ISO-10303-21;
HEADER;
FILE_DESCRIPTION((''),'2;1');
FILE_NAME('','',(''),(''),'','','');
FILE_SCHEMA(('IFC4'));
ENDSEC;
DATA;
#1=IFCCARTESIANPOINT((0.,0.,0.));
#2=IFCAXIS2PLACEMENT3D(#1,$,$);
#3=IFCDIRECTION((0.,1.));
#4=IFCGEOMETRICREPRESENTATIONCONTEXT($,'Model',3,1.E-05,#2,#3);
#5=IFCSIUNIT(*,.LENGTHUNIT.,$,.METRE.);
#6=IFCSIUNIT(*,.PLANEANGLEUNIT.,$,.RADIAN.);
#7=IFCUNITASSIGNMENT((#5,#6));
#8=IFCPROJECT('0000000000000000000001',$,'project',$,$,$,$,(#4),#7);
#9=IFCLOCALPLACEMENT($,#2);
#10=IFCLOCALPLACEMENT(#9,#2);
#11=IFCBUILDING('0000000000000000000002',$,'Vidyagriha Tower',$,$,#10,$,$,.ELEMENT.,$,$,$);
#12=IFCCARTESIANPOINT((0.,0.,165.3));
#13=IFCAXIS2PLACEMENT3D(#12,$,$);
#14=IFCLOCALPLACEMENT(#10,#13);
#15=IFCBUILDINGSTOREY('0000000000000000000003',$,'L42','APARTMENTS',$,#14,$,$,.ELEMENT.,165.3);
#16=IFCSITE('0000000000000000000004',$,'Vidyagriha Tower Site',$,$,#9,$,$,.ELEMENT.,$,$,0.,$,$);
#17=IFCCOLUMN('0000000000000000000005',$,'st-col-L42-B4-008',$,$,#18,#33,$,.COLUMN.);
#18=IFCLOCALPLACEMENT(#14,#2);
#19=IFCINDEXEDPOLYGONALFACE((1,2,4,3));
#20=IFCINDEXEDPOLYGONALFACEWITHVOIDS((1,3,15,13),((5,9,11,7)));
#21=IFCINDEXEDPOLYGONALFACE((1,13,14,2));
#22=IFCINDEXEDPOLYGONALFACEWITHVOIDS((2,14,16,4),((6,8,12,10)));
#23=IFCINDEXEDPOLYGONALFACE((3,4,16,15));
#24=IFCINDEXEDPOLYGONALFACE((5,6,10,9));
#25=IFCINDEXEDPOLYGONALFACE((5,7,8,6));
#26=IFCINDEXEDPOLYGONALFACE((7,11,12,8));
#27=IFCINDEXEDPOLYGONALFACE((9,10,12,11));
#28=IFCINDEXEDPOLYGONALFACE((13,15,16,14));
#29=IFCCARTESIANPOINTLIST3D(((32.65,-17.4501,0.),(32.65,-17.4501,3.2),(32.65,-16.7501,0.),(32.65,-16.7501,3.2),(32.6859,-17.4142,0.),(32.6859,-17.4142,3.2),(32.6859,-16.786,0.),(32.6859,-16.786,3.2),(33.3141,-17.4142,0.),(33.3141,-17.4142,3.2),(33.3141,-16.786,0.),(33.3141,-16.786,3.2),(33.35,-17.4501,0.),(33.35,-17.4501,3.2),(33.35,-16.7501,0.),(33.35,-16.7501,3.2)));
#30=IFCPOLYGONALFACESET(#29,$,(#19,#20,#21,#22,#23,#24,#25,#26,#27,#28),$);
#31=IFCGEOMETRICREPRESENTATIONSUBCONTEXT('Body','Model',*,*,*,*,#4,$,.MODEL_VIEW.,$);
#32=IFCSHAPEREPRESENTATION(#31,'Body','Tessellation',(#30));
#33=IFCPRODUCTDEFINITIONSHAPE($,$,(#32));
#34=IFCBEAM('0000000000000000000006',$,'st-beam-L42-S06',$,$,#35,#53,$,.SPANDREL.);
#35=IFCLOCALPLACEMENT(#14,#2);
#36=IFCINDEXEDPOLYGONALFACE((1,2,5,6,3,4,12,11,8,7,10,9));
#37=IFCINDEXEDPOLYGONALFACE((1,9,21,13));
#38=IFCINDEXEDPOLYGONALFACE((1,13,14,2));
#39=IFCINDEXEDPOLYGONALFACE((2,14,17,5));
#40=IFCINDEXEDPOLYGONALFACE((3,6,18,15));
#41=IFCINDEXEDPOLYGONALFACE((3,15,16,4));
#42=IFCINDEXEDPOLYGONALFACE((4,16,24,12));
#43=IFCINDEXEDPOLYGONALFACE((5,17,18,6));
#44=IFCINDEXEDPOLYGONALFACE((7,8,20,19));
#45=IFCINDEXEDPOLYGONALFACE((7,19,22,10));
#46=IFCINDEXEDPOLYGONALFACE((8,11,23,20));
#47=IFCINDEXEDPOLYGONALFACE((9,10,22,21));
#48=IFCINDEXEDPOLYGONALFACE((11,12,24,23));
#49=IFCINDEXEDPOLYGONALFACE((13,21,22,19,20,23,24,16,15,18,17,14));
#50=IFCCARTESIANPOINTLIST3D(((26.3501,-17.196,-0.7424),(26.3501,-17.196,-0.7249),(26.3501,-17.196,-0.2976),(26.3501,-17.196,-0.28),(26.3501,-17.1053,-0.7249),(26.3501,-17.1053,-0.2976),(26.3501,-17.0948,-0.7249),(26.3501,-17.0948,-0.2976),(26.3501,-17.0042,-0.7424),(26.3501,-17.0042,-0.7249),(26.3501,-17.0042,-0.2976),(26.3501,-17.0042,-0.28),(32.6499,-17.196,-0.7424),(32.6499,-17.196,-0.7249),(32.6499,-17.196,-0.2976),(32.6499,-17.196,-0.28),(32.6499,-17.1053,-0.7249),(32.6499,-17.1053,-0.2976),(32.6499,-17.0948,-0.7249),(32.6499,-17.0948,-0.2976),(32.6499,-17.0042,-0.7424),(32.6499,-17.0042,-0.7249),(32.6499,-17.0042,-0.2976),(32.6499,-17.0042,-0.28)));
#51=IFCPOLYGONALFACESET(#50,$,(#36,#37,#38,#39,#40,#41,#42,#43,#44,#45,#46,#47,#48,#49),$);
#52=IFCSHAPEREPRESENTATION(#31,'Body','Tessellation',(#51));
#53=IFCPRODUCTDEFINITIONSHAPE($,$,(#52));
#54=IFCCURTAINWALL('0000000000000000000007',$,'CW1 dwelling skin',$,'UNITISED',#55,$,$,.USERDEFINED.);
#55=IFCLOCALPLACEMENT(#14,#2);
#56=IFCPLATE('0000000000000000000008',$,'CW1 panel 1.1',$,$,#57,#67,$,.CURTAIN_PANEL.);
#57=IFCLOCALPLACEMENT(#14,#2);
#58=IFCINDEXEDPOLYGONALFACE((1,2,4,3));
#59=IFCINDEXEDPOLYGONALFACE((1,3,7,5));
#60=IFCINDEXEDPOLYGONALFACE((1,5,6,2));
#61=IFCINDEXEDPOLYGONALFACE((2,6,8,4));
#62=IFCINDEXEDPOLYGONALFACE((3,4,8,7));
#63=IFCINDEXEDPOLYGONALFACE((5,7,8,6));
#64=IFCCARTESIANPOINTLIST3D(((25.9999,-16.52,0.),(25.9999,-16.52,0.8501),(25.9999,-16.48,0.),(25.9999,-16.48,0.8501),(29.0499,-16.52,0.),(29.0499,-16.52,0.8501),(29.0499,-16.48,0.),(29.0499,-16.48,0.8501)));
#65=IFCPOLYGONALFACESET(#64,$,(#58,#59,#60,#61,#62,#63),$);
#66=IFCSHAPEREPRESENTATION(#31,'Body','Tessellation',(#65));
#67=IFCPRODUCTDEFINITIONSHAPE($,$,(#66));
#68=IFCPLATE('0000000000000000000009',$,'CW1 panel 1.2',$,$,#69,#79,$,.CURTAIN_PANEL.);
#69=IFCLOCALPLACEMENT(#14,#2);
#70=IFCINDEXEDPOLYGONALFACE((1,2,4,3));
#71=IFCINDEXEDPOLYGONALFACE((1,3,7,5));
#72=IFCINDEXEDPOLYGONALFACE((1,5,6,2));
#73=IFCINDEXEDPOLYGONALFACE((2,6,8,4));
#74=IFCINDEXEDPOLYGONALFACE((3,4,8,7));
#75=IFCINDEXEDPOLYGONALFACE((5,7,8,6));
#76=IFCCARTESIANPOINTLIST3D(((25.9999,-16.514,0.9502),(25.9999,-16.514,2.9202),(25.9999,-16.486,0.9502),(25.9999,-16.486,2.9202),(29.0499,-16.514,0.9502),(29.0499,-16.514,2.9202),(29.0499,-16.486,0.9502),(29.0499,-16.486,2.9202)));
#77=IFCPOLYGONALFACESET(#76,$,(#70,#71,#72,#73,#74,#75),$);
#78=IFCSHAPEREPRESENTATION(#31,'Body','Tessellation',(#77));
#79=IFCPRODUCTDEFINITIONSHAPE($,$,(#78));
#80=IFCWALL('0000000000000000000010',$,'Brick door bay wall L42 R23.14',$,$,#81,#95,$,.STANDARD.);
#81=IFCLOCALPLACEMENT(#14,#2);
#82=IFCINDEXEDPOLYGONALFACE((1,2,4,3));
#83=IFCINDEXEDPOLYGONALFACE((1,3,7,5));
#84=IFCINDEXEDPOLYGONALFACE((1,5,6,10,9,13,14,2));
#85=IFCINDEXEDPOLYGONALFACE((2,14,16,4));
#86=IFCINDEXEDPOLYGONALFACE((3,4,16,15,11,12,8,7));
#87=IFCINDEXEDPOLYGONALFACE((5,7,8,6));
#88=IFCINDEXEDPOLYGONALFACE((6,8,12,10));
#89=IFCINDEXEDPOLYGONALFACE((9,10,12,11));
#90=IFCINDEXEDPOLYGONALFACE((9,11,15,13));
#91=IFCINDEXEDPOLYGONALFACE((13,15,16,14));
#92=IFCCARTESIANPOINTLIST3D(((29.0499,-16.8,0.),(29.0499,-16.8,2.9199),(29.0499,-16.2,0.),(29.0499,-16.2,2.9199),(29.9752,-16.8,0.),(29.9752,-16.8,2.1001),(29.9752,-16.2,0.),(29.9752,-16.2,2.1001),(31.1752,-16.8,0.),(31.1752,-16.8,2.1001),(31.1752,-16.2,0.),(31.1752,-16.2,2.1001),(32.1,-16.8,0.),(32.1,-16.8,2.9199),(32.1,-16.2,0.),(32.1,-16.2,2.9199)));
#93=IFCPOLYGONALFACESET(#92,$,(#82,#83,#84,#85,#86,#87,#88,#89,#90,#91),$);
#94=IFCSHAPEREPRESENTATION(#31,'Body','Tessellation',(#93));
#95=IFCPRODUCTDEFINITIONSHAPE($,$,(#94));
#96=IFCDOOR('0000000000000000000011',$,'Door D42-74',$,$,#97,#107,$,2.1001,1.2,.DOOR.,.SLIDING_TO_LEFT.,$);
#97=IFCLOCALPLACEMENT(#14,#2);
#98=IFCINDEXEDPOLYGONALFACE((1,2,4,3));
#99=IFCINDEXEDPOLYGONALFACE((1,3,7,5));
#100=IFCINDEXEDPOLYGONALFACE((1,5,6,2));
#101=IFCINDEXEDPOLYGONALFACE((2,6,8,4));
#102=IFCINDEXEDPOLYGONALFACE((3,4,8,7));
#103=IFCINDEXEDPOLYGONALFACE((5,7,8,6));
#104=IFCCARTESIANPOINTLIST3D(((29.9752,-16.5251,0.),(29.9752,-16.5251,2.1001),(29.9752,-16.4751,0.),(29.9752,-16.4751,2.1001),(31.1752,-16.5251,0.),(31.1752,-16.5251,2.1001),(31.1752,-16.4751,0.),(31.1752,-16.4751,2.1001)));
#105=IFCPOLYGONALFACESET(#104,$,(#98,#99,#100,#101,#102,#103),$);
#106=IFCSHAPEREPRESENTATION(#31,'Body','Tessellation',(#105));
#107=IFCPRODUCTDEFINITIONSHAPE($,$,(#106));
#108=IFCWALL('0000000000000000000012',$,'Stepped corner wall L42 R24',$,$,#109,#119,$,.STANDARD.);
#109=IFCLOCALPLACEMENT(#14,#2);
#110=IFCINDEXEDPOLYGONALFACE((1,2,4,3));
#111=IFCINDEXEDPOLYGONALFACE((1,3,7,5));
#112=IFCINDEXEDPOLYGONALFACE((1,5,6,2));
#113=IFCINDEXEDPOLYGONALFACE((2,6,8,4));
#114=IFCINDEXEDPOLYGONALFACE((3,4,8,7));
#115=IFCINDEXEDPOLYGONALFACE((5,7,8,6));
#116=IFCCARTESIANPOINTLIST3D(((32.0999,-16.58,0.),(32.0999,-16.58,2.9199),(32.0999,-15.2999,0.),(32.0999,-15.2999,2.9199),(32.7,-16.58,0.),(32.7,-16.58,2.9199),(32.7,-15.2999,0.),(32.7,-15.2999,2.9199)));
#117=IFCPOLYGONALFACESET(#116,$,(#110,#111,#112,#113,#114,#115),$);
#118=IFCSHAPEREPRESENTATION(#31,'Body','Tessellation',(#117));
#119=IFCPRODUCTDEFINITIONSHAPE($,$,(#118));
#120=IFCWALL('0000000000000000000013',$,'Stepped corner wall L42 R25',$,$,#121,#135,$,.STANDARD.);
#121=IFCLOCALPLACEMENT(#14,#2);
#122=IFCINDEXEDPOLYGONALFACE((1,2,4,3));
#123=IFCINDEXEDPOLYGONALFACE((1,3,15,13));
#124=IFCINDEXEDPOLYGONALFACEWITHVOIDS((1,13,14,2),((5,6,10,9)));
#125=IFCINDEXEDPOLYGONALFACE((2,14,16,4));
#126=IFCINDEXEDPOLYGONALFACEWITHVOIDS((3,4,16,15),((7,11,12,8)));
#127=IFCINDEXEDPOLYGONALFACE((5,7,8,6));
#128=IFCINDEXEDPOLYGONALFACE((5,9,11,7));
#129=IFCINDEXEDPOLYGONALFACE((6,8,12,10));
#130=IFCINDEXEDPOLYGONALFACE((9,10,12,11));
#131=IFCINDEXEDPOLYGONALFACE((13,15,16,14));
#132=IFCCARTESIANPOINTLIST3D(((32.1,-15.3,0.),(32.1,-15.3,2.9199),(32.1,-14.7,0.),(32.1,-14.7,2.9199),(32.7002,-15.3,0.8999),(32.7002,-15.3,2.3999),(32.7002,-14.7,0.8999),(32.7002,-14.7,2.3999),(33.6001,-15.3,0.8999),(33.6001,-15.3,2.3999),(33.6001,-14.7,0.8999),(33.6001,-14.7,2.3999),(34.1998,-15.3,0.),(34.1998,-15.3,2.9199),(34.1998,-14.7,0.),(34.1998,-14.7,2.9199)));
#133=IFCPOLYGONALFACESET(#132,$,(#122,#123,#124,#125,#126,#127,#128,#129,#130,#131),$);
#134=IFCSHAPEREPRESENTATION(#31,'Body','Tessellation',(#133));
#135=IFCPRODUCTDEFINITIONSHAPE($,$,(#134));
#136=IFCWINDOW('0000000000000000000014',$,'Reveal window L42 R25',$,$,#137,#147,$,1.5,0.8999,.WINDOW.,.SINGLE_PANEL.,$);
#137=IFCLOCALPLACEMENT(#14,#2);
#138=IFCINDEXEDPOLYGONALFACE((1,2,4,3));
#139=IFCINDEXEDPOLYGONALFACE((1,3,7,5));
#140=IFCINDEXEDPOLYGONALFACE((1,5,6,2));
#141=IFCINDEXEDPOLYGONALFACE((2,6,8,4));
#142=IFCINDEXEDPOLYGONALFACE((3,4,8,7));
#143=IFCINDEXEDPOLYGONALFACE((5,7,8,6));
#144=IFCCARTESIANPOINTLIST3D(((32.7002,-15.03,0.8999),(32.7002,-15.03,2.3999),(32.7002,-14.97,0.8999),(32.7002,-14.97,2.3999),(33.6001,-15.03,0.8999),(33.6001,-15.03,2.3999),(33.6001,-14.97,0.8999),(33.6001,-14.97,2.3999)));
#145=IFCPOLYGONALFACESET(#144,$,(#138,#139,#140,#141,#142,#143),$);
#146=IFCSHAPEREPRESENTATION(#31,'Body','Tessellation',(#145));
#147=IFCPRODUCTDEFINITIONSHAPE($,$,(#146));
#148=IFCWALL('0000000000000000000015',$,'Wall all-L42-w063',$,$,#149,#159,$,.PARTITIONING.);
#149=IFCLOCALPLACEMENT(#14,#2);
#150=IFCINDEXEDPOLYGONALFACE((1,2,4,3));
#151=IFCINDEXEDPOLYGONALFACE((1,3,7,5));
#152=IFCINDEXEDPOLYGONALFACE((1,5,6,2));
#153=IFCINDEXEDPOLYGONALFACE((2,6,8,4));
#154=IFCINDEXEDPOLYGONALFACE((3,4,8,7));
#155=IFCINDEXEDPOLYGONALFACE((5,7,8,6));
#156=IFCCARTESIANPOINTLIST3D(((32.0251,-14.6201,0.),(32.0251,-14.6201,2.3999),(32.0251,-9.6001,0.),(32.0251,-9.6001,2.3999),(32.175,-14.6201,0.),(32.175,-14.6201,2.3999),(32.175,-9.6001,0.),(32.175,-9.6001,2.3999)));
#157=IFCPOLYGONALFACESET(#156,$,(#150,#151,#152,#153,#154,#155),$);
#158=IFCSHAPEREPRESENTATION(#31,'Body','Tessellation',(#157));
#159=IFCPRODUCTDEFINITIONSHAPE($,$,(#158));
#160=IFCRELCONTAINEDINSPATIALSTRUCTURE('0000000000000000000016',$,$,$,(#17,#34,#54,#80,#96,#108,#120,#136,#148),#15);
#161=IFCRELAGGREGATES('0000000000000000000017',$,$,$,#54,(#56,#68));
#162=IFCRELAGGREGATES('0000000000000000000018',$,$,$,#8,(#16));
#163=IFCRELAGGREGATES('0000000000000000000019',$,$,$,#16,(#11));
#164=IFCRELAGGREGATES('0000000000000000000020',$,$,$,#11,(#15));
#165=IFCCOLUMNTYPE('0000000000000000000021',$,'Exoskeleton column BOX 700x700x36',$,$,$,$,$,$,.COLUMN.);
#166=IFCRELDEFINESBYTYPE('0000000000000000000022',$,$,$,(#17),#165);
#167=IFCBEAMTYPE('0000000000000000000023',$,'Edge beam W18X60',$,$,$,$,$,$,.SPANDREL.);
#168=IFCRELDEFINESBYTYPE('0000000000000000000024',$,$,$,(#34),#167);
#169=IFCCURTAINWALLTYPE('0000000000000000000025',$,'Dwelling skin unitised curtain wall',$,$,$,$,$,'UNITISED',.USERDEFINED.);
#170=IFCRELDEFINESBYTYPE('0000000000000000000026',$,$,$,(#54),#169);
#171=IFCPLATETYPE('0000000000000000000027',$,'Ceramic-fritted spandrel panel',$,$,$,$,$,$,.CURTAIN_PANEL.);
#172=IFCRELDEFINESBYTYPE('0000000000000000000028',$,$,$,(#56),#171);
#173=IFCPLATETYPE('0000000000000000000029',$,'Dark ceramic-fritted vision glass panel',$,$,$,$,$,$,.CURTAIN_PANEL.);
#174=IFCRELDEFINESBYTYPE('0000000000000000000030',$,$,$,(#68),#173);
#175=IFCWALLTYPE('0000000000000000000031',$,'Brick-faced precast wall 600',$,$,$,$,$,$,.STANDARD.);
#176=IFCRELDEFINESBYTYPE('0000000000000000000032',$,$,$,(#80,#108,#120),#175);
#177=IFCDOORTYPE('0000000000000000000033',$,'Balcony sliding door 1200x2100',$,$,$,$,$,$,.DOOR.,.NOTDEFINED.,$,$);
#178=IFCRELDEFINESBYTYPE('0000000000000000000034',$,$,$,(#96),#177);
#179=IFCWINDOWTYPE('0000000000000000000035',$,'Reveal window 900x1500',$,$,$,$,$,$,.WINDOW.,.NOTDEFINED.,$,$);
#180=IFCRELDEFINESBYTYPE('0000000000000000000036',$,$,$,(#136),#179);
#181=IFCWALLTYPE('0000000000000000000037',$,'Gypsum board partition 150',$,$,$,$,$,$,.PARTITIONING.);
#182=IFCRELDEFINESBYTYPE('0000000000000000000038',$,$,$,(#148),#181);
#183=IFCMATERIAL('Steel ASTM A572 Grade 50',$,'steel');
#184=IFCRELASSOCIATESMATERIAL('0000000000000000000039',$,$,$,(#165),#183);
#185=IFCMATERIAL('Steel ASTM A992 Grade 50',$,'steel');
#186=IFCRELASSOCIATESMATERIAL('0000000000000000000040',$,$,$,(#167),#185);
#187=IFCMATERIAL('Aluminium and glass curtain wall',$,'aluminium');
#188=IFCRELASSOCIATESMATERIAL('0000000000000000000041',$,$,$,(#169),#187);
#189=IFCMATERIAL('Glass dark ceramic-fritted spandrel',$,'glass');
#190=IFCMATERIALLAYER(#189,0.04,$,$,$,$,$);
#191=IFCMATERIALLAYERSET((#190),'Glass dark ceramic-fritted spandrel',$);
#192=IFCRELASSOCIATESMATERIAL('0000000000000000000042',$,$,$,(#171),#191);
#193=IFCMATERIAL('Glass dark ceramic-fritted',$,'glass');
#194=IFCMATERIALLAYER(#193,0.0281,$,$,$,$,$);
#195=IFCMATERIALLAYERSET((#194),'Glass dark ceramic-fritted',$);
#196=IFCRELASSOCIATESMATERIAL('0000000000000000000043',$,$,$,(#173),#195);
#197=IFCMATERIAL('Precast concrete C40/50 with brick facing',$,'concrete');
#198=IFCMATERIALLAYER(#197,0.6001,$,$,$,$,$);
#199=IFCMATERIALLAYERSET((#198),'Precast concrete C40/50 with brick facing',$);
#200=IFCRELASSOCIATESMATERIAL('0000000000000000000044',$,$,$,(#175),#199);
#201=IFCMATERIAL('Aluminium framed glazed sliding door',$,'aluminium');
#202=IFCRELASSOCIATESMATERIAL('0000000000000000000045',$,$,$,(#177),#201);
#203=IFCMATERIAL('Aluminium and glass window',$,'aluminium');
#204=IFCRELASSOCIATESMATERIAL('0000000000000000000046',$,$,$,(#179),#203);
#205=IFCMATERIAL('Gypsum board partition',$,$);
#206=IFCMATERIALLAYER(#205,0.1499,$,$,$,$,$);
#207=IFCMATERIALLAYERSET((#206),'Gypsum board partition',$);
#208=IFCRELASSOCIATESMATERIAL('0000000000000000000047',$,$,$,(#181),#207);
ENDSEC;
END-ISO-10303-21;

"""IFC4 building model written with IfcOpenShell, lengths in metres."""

from ifc_helpers import new_model, si_unit, direction, frame, frame_2d, origin, origin_2d, place, context, subcontext, project, spatial, rectangle, hollow_rectangle, i_section, extrude, material, layer, layer_set, material_profile, profile_set, type_object, element, fill, aggregate, save


model = new_model("IFC4")

# Units and contexts
model_context = context("Model", 3, precision=1e-05, world=origin(), true_north=direction((0.0, 1.0)))
body_context = subcontext(model_context, "Body", "Model", "MODEL_VIEW")
ifc_project = project(units=[si_unit("LENGTHUNIT", "METRE"), si_unit("PLANEANGLEUNIT", "RADIAN")], contexts=[model_context])

# Site, building, storey
site_placement = place(None, origin())
site = spatial("IfcSite", under=ifc_project, at=site_placement, Name="Vidyagriha Tower Site", CompositionType="ELEMENT", RefElevation=0.0)
building_placement = place(site_placement, origin())
building = spatial("IfcBuilding", under=site, at=building_placement, Name="Vidyagriha Tower", CompositionType="ELEMENT")
storey_placement = place(building_placement, frame((0.0, 0.0, 165.3)))
storey = spatial("IfcBuildingStorey", under=building, at=storey_placement, Name="L42", Description="APARTMENTS", CompositionType="ELEMENT", Elevation=165.3)

# Column
ifc_material_1 = material(Name="Steel ASTM A572 Grade 50", Category="steel")
ifc_material_profile_1 = material_profile(ifc_material_1, hollow_rectangle(XDim=0.7, YDim=0.7, WallThickness=0.0359, at=origin_2d()), Name="BOX 700x700x36")
ifc_profile_set_1 = profile_set([ifc_material_profile_1], Name="Steel ASTM A572 Grade 50")
column_type = type_object("IfcColumnType", Name="Exoskeleton column BOX 700x700x36", PredefinedType="COLUMN", material=ifc_profile_set_1)
column_placement = place(storey_placement, frame((33.0, -17.1001, 0.0)))
element("IfcColumn", 1, at=column_placement, inside=storey, type_object=column_type, Name="st-col-L42-B4-008", PredefinedType="COLUMN", context=body_context, shape_type="SweptSolid", body=[
    extrude(hollow_rectangle(XDim=0.7, YDim=0.7, WallThickness=0.0359, at=origin_2d()), origin(), (0.0, 0.0, 1.0), 3.2),
])

# Beam
ifc_material_2 = material(Name="Steel ASTM A992 Grade 50", Category="steel")
ifc_material_profile_2 = material_profile(ifc_material_2, i_section(OverallWidth=0.1919, OverallDepth=0.4624, WebThickness=0.0105, FlangeThickness=0.0176, at=origin_2d()), Name="W18X60")
ifc_profile_set_2 = profile_set([ifc_material_profile_2], Name="Steel ASTM A992 Grade 50")
beam_type = type_object("IfcBeamType", Name="Edge beam W18X60", PredefinedType="SPANDREL", material=ifc_profile_set_2)
beam_placement = place(storey_placement, frame((26.3501, -17.1001, -0.5112), z_axis=(1.0, 0.0, 0.0), x_axis=(0.0, 1.0, 0.0)))
element("IfcBeam", 2, at=beam_placement, inside=storey, type_object=beam_type, Name="st-beam-L42-S06", PredefinedType="SPANDREL", context=body_context, shape_type="SweptSolid", body=[
    extrude(i_section(OverallWidth=0.1919, OverallDepth=0.4624, WebThickness=0.0105, FlangeThickness=0.0176, at=origin_2d()), origin(), (0.0, 0.0, 1.0), 6.2998),
])

# Curtain wall, plates
ifc_material_3 = material(Name="Aluminium and glass curtain wall", Category="aluminium")
curtain_wall_type = type_object("IfcCurtainWallType", Name="Dwelling skin unitised curtain wall", ElementType="UNITISED", PredefinedType="USERDEFINED", material=ifc_material_3)
curtain_wall_placement = place(storey_placement, origin())
curtain_wall = element("IfcCurtainWall", 3, at=curtain_wall_placement, inside=storey, type_object=curtain_wall_type, Name="CW1 dwelling skin", ObjectType="UNITISED", PredefinedType="USERDEFINED")
ifc_material_4 = material(Name="Glass dark ceramic-fritted spandrel", Category="glass")
ifc_layer_1 = layer(ifc_material_4, 0.04)
ifc_layer_set_1 = layer_set([ifc_layer_1], Name="Glass dark ceramic-fritted spandrel")
plate_type_1 = type_object("IfcPlateType", Name="Ceramic-fritted spandrel panel", PredefinedType="CURTAIN_PANEL", material=ifc_layer_set_1)
plate_1_placement = place(storey_placement, frame((27.5249, -16.5, 0.0)))
plate_1 = element("IfcPlate", 4, at=plate_1_placement, type_object=plate_type_1, Name="CW1 panel 1.1", PredefinedType="CURTAIN_PANEL", context=body_context, shape_type="SweptSolid", body=[
    extrude(rectangle(XDim=3.05, YDim=0.04, at=origin_2d()), origin(), (0.0, 0.0, 1.0), 0.8501),
])
ifc_material_5 = material(Name="Glass dark ceramic-fritted", Category="glass")
ifc_layer_2 = layer(ifc_material_5, 0.0281)
ifc_layer_set_2 = layer_set([ifc_layer_2], Name="Glass dark ceramic-fritted")
plate_type_2 = type_object("IfcPlateType", Name="Dark ceramic-fritted vision glass panel", PredefinedType="CURTAIN_PANEL", material=ifc_layer_set_2)
plate_2_placement = place(storey_placement, frame((27.5249, -16.5, 0.9502)))
plate_2 = element("IfcPlate", 5, at=plate_2_placement, type_object=plate_type_2, Name="CW1 panel 1.2", PredefinedType="CURTAIN_PANEL", context=body_context, shape_type="SweptSolid", body=[
    extrude(rectangle(XDim=3.05, YDim=0.0281, at=origin_2d()), origin(), (0.0, 0.0, 1.0), 1.97),
])
aggregate(curtain_wall, [plate_1, plate_2])

# Wall, opening, door
ifc_material_6 = material(Name="Precast concrete C40/50 with brick facing", Category="concrete")
ifc_layer_3 = layer(ifc_material_6, 0.6001)
ifc_layer_set_3 = layer_set([ifc_layer_3], Name="Precast concrete C40/50 with brick facing")
wall_type_1 = type_object("IfcWallType", Name="Brick-faced precast wall 600", PredefinedType="STANDARD", material=ifc_layer_set_3)
wall_1_placement = place(storey_placement, frame((29.05, -16.5, 0.0)))
wall_1 = element("IfcWall", 6, at=wall_1_placement, inside=storey, type_object=wall_type_1, Name="Brick door bay wall L42 R23.14", PredefinedType="STANDARD", context=body_context, shape_type="SweptSolid", body=[
    extrude(rectangle(XDim=3.05, YDim=0.6001, at=frame_2d((1.5249, 0.0))), origin(), (0.0, 0.0, 1.0), 2.9199),
])
opening_1_placement = place(wall_1_placement, frame((0.925, 0.0, 0.0)))
opening_1 = element("IfcOpeningElement", 7, at=opening_1_placement, cuts=wall_1, PredefinedType="OPENING", context=body_context, shape_type="SweptSolid", body=[
    extrude(rectangle(XDim=1.2, YDim=2.1001, at=frame_2d((0.6001, 1.05))), frame((0.0, 0.3101, 0.0), z_axis=(0.0, -1.0, 0.0), x_axis=(1.0, 0.0, 0.0)), (0.0, 0.0, 1.0), 0.6201),
])
ifc_material_7 = material(Name="Aluminium framed glazed sliding door", Category="aluminium")
door_type = type_object("IfcDoorType", Name="Balcony sliding door 1200x2100", OperationType="NOTDEFINED", PredefinedType="DOOR", material=ifc_material_7)
door_placement = place(opening_1_placement, origin())
door = element("IfcDoor", 8, at=door_placement, inside=storey, type_object=door_type, Name="Door D42-74", OperationType="SLIDING_TO_LEFT", OverallHeight=2.1001, OverallWidth=1.2, PredefinedType="DOOR", context=body_context, shape_type="SweptSolid", body=[
    extrude(rectangle(XDim=1.2, YDim=2.1001, at=frame_2d((0.6001, 1.05))), frame((0.0, 0.0249, 0.0), z_axis=(0.0, -1.0, 0.0), x_axis=(1.0, 0.0, 0.0)), (0.0, 0.0, 1.0), 0.05),
])
fill(opening_1, door)

# Wall
wall_2_placement = place(storey_placement, frame((32.3999, -16.5801, 0.0), z_axis=(0.0, 0.0, 1.0), x_axis=(0.0, 1.0, 0.0)))
element("IfcWall", 9, at=wall_2_placement, inside=storey, type_object=wall_type_1, Name="Stepped corner wall L42 R24", PredefinedType="STANDARD", context=body_context, shape_type="SweptSolid", body=[
    extrude(rectangle(XDim=1.28, YDim=0.6001, at=frame_2d((0.6401, 0.0))), origin(), (0.0, 0.0, 1.0), 2.9199),
])

# Wall, opening, window
wall_3_placement = place(storey_placement, frame((32.1001, -15.0, 0.0)))
wall_3 = element("IfcWall", 10, at=wall_3_placement, inside=storey, type_object=wall_type_1, Name="Stepped corner wall L42 R25", PredefinedType="STANDARD", context=body_context, shape_type="SweptSolid", body=[
    extrude(rectangle(XDim=2.0999, YDim=0.6001, at=frame_2d((1.0498, 0.0))), origin(), (0.0, 0.0, 1.0), 2.9199),
])
opening_2_placement = place(wall_3_placement, frame((0.6001, 0.0, 0.8999)))
opening_2 = element("IfcOpeningElement", 11, at=opening_2_placement, cuts=wall_3, PredefinedType="OPENING", context=body_context, shape_type="SweptSolid", body=[
    extrude(rectangle(XDim=0.8999, YDim=1.5, at=frame_2d((0.45, 0.75))), frame((0.0, 0.3101, 0.0), z_axis=(0.0, -1.0, 0.0), x_axis=(1.0, 0.0, 0.0)), (0.0, 0.0, 1.0), 0.6201),
])
ifc_material_8 = material(Name="Aluminium and glass window", Category="aluminium")
window_type = type_object("IfcWindowType", Name="Reveal window 900x1500", PartitioningType="NOTDEFINED", PredefinedType="WINDOW", material=ifc_material_8)
window_placement = place(opening_2_placement, origin())
window = element("IfcWindow", 12, at=window_placement, inside=storey, type_object=window_type, Name="Reveal window L42 R25", OverallHeight=1.5, OverallWidth=0.8999, PartitioningType="SINGLE_PANEL", PredefinedType="WINDOW", context=body_context, shape_type="SweptSolid", body=[
    extrude(rectangle(XDim=0.8999, YDim=1.5, at=frame_2d((0.45, 0.75))), frame((0.0, 0.03, 0.0), z_axis=(0.0, -1.0, 0.0), x_axis=(1.0, 0.0, 0.0)), (0.0, 0.0, 1.0), 0.0601),
])
fill(opening_2, window)

# Wall
ifc_material_9 = material(Name="Gypsum board partition")
ifc_layer_4 = layer(ifc_material_9, 0.1499)
ifc_layer_set_4 = layer_set([ifc_layer_4], Name="Gypsum board partition")
wall_type_2 = type_object("IfcWallType", Name="Gypsum board partition 150", PredefinedType="PARTITIONING", material=ifc_layer_set_4)
wall_4_placement = place(storey_placement, frame((32.1001, -9.6001, 0.0), z_axis=(0.0, 0.0, 1.0), x_axis=(0.0, -1.0, 0.0)))
element("IfcWall", 13, at=wall_4_placement, inside=storey, type_object=wall_type_2, Name="Wall all-L42-w063", PredefinedType="PARTITIONING", context=body_context, shape_type="SweptSolid", body=[
    extrude(rectangle(XDim=5.02, YDim=0.1499, at=frame_2d((2.51, 0.0))), origin(), (0.0, 0.0, 1.0), 2.3999),
])

save(model, "model.ifc")
